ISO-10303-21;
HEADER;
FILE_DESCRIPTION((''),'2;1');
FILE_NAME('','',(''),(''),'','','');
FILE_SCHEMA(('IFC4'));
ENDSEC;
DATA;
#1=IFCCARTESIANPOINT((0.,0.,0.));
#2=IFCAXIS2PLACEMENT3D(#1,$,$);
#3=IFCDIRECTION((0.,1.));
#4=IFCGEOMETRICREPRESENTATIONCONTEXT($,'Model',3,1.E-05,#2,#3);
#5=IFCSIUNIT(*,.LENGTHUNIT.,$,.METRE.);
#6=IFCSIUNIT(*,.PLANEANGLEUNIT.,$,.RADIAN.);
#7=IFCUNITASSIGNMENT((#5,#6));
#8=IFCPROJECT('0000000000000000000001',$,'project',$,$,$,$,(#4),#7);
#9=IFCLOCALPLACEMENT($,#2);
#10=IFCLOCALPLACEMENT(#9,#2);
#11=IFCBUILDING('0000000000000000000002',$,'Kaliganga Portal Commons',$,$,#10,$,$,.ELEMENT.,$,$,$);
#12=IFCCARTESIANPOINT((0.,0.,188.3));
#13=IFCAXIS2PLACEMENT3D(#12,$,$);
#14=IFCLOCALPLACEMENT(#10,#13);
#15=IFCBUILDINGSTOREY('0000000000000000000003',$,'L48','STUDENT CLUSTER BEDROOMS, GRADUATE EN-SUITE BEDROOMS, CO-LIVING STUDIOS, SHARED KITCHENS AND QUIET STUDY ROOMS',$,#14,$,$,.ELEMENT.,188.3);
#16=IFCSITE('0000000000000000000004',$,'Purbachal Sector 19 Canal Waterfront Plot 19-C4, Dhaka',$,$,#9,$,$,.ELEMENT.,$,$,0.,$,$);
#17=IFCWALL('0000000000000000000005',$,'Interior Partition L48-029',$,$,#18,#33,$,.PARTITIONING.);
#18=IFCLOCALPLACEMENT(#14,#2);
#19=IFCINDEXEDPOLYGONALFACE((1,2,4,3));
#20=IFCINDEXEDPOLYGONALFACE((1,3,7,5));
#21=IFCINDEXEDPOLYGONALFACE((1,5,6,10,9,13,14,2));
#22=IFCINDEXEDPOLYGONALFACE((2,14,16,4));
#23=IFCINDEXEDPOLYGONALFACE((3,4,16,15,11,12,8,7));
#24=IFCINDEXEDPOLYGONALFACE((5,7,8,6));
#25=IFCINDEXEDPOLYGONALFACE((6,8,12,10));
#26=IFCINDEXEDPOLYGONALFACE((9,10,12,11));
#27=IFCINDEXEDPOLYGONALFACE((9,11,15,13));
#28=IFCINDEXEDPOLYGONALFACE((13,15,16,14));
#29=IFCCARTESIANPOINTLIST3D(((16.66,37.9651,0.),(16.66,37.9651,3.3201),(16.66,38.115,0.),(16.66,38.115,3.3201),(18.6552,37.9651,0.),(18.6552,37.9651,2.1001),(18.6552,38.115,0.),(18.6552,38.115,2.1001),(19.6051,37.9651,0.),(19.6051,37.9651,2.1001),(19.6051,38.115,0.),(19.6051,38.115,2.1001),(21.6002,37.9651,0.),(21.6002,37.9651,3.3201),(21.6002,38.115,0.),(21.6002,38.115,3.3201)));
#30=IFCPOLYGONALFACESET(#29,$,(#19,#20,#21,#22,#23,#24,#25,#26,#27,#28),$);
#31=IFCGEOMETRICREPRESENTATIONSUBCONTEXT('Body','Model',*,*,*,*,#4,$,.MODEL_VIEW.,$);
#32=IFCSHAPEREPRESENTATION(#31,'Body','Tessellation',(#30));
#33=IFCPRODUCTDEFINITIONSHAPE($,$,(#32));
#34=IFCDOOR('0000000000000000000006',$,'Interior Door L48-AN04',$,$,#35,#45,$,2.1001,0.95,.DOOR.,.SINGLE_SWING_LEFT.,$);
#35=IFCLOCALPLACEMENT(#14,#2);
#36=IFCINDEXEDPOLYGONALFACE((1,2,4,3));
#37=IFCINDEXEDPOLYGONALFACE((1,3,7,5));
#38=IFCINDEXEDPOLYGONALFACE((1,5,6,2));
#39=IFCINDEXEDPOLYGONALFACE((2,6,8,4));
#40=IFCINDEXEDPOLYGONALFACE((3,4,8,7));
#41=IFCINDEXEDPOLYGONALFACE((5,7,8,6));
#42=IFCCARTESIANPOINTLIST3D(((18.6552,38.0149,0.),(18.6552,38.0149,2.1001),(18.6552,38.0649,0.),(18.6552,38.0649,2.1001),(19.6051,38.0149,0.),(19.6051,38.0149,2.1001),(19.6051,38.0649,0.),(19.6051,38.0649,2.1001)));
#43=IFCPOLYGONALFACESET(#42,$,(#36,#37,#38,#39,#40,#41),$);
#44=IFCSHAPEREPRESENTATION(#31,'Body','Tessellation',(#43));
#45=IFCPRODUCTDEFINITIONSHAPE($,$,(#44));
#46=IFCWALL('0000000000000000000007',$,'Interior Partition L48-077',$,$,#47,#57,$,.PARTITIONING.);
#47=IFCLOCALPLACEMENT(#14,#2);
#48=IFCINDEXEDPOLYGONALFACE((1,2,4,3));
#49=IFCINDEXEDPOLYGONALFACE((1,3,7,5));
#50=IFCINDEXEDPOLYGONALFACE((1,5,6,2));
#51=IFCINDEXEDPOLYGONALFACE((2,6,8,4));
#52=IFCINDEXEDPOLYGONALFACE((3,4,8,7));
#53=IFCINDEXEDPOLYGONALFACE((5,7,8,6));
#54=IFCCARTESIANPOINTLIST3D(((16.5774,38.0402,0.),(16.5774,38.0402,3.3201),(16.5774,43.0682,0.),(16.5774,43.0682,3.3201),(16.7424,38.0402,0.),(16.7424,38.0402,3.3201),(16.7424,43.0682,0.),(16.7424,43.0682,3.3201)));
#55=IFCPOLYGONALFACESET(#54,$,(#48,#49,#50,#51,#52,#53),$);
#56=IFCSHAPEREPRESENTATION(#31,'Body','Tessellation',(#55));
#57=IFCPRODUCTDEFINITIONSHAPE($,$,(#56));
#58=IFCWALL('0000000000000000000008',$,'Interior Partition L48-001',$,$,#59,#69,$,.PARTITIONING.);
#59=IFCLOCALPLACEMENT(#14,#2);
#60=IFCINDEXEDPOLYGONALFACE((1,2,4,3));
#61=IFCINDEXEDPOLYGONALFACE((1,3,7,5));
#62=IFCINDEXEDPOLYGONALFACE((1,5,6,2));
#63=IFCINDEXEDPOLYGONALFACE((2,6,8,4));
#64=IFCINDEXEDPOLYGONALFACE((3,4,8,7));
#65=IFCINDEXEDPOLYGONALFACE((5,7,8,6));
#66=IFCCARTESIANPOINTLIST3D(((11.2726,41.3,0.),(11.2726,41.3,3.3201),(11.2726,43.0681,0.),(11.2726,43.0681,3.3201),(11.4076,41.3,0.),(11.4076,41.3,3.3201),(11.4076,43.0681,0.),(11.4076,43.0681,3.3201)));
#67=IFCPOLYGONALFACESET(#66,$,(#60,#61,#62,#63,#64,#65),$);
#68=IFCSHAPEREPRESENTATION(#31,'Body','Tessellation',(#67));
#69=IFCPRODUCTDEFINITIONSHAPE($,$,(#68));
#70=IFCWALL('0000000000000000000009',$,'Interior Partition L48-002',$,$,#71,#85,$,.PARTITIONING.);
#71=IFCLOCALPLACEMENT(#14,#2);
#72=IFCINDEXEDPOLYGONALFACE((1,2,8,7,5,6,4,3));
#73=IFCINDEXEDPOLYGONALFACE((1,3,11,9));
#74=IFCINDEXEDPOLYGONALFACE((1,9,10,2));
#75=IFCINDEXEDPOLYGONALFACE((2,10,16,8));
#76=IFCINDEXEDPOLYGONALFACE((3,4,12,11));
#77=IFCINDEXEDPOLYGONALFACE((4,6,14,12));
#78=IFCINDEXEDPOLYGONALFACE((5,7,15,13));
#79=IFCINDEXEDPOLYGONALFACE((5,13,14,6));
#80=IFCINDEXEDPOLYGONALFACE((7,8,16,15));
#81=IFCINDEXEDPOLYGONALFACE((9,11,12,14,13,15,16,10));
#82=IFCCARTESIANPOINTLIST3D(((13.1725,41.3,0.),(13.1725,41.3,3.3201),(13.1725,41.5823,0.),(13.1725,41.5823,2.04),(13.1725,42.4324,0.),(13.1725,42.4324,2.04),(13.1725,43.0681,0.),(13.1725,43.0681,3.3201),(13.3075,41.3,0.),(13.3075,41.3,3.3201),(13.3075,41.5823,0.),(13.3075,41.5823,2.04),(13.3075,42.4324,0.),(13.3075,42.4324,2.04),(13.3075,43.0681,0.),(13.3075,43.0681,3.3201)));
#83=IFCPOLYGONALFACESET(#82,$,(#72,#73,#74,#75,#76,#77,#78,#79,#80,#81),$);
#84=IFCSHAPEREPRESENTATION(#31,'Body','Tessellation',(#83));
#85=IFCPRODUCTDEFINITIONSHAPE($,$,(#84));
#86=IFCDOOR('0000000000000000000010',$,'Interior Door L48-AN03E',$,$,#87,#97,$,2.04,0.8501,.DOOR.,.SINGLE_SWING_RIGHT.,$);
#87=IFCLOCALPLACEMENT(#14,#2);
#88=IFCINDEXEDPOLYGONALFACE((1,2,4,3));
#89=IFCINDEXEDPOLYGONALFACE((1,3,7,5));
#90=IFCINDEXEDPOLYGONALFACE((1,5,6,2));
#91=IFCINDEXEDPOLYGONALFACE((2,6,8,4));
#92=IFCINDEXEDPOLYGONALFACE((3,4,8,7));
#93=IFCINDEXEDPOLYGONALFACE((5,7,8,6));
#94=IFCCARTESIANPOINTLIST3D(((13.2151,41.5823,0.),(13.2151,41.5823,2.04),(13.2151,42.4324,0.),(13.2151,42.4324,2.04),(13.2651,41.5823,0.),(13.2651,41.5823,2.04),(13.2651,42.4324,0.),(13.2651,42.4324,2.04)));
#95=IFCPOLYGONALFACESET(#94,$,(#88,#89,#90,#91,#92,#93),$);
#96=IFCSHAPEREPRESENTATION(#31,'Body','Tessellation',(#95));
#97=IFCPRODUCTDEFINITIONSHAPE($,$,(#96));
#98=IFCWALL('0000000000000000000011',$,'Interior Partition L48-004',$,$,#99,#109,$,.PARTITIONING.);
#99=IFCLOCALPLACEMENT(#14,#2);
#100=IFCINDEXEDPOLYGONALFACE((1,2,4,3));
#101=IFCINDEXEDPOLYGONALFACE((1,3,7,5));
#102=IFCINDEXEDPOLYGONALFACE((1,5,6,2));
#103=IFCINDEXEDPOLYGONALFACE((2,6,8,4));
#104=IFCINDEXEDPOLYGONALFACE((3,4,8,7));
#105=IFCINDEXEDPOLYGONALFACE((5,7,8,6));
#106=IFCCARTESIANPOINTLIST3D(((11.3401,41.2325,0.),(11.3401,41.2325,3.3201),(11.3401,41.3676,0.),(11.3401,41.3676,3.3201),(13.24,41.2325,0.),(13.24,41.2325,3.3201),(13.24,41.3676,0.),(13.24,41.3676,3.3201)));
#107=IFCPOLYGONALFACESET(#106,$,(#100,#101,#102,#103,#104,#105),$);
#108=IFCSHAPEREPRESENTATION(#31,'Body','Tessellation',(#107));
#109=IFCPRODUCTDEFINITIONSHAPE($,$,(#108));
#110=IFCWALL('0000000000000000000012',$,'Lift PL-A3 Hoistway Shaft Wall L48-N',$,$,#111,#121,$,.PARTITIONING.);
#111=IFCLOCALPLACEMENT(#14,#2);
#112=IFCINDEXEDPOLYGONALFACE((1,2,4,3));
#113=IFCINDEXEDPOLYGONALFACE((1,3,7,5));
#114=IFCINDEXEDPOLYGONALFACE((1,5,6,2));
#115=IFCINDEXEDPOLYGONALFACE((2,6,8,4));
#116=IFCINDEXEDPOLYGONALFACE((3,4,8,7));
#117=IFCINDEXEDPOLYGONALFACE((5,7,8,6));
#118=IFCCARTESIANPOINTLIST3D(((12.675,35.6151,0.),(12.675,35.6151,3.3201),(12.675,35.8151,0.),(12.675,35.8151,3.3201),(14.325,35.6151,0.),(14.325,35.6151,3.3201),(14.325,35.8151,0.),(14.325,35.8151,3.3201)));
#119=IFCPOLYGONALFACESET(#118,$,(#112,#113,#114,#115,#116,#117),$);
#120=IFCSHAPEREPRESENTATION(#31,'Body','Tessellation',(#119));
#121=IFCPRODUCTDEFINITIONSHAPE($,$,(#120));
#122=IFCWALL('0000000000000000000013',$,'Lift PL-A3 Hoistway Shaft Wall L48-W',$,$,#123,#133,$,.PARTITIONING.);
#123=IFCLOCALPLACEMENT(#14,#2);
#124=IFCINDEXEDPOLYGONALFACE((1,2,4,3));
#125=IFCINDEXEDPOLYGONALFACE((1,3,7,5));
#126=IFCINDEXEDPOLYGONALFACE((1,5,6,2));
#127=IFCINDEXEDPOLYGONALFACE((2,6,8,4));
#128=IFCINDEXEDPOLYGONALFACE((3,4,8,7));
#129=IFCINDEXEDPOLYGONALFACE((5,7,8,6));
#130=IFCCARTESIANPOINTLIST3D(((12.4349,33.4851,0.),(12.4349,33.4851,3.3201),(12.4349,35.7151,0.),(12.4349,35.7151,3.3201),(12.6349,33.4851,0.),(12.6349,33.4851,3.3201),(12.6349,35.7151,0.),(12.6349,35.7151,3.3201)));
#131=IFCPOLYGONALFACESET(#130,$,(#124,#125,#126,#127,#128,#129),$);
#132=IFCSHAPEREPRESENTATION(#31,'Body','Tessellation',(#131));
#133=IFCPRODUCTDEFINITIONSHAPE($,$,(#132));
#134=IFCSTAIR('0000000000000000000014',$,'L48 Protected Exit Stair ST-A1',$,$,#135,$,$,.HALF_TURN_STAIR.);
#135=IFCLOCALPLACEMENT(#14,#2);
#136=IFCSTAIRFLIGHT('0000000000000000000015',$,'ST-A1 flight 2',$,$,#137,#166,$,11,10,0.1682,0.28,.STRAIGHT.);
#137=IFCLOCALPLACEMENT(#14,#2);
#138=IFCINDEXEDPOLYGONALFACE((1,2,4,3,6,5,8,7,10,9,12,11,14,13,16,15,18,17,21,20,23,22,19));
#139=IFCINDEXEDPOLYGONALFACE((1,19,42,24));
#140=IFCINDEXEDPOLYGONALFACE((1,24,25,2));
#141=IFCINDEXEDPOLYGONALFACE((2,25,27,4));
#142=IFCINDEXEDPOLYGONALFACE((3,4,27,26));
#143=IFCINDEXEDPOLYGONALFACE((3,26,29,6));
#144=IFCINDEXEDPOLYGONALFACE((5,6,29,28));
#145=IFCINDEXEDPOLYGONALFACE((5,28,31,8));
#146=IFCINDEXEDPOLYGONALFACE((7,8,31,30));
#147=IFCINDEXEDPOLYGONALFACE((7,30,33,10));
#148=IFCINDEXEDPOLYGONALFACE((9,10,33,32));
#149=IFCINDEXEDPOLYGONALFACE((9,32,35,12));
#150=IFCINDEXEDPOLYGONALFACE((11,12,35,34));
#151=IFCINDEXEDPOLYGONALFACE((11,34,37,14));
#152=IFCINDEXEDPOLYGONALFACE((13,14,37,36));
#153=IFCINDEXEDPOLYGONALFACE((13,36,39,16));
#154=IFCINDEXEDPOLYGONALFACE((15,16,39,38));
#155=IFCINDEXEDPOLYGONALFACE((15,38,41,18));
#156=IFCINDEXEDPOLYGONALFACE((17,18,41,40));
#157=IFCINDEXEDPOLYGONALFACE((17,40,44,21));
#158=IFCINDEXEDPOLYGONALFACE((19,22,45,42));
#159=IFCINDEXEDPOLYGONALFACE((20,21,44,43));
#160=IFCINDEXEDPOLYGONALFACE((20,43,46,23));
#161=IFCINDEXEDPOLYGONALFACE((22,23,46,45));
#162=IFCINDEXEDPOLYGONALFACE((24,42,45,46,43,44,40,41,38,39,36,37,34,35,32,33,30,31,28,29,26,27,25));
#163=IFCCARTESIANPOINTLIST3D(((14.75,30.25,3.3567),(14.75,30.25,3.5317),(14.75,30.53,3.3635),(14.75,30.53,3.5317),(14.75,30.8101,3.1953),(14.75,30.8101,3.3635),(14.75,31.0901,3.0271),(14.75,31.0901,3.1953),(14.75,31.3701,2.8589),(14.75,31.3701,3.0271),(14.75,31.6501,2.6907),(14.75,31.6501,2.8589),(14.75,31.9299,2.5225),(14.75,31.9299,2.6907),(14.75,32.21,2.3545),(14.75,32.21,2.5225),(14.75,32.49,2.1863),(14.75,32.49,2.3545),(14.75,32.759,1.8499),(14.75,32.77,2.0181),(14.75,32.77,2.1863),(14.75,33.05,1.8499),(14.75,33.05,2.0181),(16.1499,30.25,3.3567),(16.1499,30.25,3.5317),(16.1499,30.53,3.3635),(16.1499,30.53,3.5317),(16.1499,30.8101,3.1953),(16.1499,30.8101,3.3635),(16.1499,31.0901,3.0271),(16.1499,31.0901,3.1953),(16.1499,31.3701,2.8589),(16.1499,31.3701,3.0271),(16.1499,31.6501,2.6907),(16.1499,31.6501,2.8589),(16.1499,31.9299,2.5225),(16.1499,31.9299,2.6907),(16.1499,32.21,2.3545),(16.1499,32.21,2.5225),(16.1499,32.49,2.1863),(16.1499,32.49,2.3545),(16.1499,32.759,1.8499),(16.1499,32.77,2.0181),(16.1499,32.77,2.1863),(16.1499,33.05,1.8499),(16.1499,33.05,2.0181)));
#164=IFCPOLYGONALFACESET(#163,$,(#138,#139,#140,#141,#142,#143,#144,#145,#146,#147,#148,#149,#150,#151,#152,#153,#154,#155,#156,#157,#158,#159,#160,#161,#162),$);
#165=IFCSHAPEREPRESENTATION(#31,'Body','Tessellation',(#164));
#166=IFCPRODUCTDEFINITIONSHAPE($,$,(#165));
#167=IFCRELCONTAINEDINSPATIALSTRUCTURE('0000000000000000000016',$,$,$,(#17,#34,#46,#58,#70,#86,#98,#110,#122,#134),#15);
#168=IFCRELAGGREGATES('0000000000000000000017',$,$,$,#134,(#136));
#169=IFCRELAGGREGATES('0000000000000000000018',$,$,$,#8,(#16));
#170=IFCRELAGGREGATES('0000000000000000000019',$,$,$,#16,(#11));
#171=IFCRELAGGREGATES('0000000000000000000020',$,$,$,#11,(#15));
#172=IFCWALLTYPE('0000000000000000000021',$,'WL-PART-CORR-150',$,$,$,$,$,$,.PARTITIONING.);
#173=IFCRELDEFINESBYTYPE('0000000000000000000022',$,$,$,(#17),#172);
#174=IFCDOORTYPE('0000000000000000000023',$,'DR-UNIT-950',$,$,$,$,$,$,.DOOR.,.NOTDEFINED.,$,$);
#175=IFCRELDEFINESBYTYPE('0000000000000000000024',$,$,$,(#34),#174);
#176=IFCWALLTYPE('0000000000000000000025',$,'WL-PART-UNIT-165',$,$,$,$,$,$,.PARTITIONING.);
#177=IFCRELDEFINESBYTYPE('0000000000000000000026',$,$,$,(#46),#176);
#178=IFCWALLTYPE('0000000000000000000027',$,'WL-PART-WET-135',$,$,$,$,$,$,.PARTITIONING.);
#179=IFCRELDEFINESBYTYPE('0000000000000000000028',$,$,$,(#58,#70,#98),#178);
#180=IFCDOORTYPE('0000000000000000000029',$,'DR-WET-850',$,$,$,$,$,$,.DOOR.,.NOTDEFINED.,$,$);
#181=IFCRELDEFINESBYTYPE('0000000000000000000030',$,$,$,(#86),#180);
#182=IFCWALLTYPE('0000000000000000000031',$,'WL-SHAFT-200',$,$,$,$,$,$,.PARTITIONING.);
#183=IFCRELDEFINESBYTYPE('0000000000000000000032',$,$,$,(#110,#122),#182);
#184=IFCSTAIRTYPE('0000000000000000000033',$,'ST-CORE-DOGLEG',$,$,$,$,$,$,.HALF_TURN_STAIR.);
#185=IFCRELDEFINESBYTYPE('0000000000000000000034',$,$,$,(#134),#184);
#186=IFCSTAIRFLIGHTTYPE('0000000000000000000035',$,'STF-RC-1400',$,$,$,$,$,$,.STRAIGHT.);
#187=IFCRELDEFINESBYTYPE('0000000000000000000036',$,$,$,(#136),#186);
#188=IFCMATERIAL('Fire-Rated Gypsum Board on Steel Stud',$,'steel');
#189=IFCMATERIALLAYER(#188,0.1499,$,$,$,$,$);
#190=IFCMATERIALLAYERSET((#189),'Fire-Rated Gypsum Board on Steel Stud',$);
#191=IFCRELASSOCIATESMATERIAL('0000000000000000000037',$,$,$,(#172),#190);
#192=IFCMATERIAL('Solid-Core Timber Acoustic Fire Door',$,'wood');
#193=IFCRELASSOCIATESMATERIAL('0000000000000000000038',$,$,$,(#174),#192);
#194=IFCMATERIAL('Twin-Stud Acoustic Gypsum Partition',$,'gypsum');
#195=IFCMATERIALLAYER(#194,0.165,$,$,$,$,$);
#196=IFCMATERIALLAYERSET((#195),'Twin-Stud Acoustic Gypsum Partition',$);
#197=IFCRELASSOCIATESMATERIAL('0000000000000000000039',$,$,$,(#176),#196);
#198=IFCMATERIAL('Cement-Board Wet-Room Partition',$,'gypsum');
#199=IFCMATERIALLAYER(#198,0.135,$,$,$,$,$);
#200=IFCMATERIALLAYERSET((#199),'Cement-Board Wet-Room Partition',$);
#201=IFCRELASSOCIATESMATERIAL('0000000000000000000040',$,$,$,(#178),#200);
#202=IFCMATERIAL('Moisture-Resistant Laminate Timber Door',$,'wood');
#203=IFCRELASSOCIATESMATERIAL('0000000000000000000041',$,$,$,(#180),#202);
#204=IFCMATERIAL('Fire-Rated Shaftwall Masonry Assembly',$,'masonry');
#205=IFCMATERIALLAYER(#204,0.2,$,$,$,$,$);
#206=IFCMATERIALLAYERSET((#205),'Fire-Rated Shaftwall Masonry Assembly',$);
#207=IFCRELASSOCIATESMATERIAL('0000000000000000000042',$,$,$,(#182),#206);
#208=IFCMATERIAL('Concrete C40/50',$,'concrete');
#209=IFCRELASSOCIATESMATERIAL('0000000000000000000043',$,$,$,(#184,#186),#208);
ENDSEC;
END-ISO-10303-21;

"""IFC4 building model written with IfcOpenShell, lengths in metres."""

from ifc_helpers import new_model, si_unit, direction, frame, frame_2d, origin, place, context, subcontext, project, spatial, polyline, rectangle, outline, extrude, material, layer, layer_set, type_object, element, fill, aggregate, save


model = new_model("IFC4")

# Units and contexts
model_context = context("Model", 3, precision=1e-05, world=origin(), true_north=direction((0.0, 1.0)))
body_context = subcontext(model_context, "Body", "Model", "MODEL_VIEW")
ifc_project = project(units=[si_unit("LENGTHUNIT", "METRE"), si_unit("PLANEANGLEUNIT", "RADIAN")], contexts=[model_context])

# Site, building, storey
site_placement = place(None, origin())
site = spatial("IfcSite", under=ifc_project, at=site_placement, Name="Purbachal Sector 19 Canal Waterfront Plot 19-C4, Dhaka", CompositionType="ELEMENT", RefElevation=0.0)
building_placement = place(site_placement, origin())
building = spatial("IfcBuilding", under=site, at=building_placement, Name="Kaliganga Portal Commons", CompositionType="ELEMENT")
storey_placement = place(building_placement, frame((0.0, 0.0, 188.3)))
storey = spatial("IfcBuildingStorey", under=building, at=storey_placement, Name="L48", Description="STUDENT CLUSTER BEDROOMS, GRADUATE EN-SUITE BEDROOMS, CO-LIVING STUDIOS, SHARED KITCHENS AND QUIET STUDY ROOMS", CompositionType="ELEMENT", Elevation=188.3)

# Wall, opening, door
ifc_material_1 = material(Name="Fire-Rated Gypsum Board on Steel Stud", Category="steel")
ifc_layer_1 = layer(ifc_material_1, 0.1499)
ifc_layer_set_1 = layer_set([ifc_layer_1], Name="Fire-Rated Gypsum Board on Steel Stud")
wall_type_1 = type_object("IfcWallType", Name="WL-PART-CORR-150", PredefinedType="PARTITIONING", material=ifc_layer_set_1)
wall_1_placement = place(storey_placement, frame((16.6599, 38.04, 0.0), z_axis=(0.0, 0.0, 1.0), x_axis=(1.0, 0.0, 0.0)))
wall_1 = element("IfcWall", 1, at=wall_1_placement, inside=storey, type_object=wall_type_1, Name="Interior Partition L48-029", PredefinedType="PARTITIONING", context=body_context, shape_type="SweptSolid", body=[
    extrude(rectangle(XDim=4.9402, YDim=0.1499, at=frame_2d((2.4702, 0.0))), origin(), (0.0, 0.0, 1.0), 3.3201),
])
opening_1_placement = place(wall_1_placement, frame((1.9951, 0.0, 0.0)))
opening_1 = element("IfcOpeningElement", 2, at=opening_1_placement, cuts=wall_1, PredefinedType="OPENING", context=body_context, shape_type="SweptSolid", body=[
    extrude(rectangle(XDim=0.95, YDim=2.1001, at=frame_2d((0.4751, 1.05))), frame((0.0, 0.085, 0.0), z_axis=(0.0, -1.0, 0.0), x_axis=(1.0, 0.0, 0.0)), (0.0, 0.0, 1.0), 0.1699),
])
ifc_material_2 = material(Name="Solid-Core Timber Acoustic Fire Door", Category="wood")
door_type_1 = type_object("IfcDoorType", Name="DR-UNIT-950", OperationType="NOTDEFINED", PredefinedType="DOOR", material=ifc_material_2)
door_1_placement = place(opening_1_placement, origin())
door_1 = element("IfcDoor", 3, at=door_1_placement, inside=storey, type_object=door_type_1, Name="Interior Door L48-AN04", OperationType="SINGLE_SWING_LEFT", OverallHeight=2.1001, OverallWidth=0.95, PredefinedType="DOOR", context=body_context, shape_type="SweptSolid", body=[
    extrude(rectangle(XDim=0.95, YDim=2.1001, at=frame_2d((0.4751, 1.05))), frame((0.0, 0.0249, 0.0), z_axis=(0.0, -1.0, 0.0), x_axis=(1.0, 0.0, 0.0)), (0.0, 0.0, 1.0), 0.05),
])
fill(opening_1, door_1)

# Walls
ifc_material_3 = material(Name="Twin-Stud Acoustic Gypsum Partition", Category="gypsum")
ifc_layer_2 = layer(ifc_material_3, 0.165)
ifc_layer_set_2 = layer_set([ifc_layer_2], Name="Twin-Stud Acoustic Gypsum Partition")
wall_type_2 = type_object("IfcWallType", Name="WL-PART-UNIT-165", PredefinedType="PARTITIONING", material=ifc_layer_set_2)
wall_2_placement = place(storey_placement, frame((16.6599, 38.04, 0.0), z_axis=(0.0, 0.0, 1.0), x_axis=(0.0, 1.0, 0.0)))
element("IfcWall", 4, at=wall_2_placement, inside=storey, type_object=wall_type_2, Name="Interior Partition L48-077", PredefinedType="PARTITIONING", context=body_context, shape_type="SweptSolid", body=[
    extrude(rectangle(XDim=5.0281, YDim=0.165, at=frame_2d((2.5142, 0.0))), origin(), (0.0, 0.0, 1.0), 3.3201),
])
ifc_material_4 = material(Name="Cement-Board Wet-Room Partition", Category="gypsum")
ifc_layer_3 = layer(ifc_material_4, 0.135)
ifc_layer_set_3 = layer_set([ifc_layer_3], Name="Cement-Board Wet-Room Partition")
wall_type_3 = type_object("IfcWallType", Name="WL-PART-WET-135", PredefinedType="PARTITIONING", material=ifc_layer_set_3)
wall_3_placement = place(storey_placement, frame((11.3401, 41.3, 0.0), z_axis=(0.0, 0.0, 1.0), x_axis=(0.0, 1.0, 0.0)))
element("IfcWall", 5, at=wall_3_placement, inside=storey, type_object=wall_type_3, Name="Interior Partition L48-001", PredefinedType="PARTITIONING", context=body_context, shape_type="SweptSolid", body=[
    extrude(rectangle(XDim=1.7681, YDim=0.135, at=frame_2d((0.884, 0.0))), origin(), (0.0, 0.0, 1.0), 3.3201),
])

# Wall, opening, door
wall_4_placement = place(storey_placement, frame((13.24, 41.3, 0.0), z_axis=(0.0, 0.0, 1.0), x_axis=(0.0, 1.0, 0.0)))
wall_4 = element("IfcWall", 6, at=wall_4_placement, inside=storey, type_object=wall_type_3, Name="Interior Partition L48-002", PredefinedType="PARTITIONING", context=body_context, shape_type="SweptSolid", body=[
    extrude(rectangle(XDim=1.7681, YDim=0.135, at=frame_2d((0.884, 0.0))), origin(), (0.0, 0.0, 1.0), 3.3201),
])
opening_2_placement = place(wall_4_placement, frame((0.2822, 0.0, 0.0)))
opening_2 = element("IfcOpeningElement", 7, at=opening_2_placement, cuts=wall_4, PredefinedType="OPENING", context=body_context, shape_type="SweptSolid", body=[
    extrude(rectangle(XDim=0.8501, YDim=2.04, at=frame_2d((0.425, 1.02))), frame((0.0, 0.0776, 0.0), z_axis=(0.0, -1.0, 0.0), x_axis=(1.0, 0.0, 0.0)), (0.0, 0.0, 1.0), 0.155),
])
ifc_material_5 = material(Name="Moisture-Resistant Laminate Timber Door", Category="wood")
door_type_2 = type_object("IfcDoorType", Name="DR-WET-850", OperationType="NOTDEFINED", PredefinedType="DOOR", material=ifc_material_5)
door_2_placement = place(opening_2_placement, origin())
door_2 = element("IfcDoor", 8, at=door_2_placement, inside=storey, type_object=door_type_2, Name="Interior Door L48-AN03E", OperationType="SINGLE_SWING_RIGHT", OverallHeight=2.04, OverallWidth=0.8501, PredefinedType="DOOR", context=body_context, shape_type="SweptSolid", body=[
    extrude(rectangle(XDim=0.8501, YDim=2.04, at=frame_2d((0.425, 1.02))), frame((0.0, 0.0249, 0.0), z_axis=(0.0, -1.0, 0.0), x_axis=(1.0, 0.0, 0.0)), (0.0, 0.0, 1.0), 0.05),
])
fill(opening_2, door_2)

# Wall
wall_5_placement = place(storey_placement, frame((11.3401, 41.3, 0.0), z_axis=(0.0, 0.0, 1.0), x_axis=(1.0, 0.0, 0.0)))
element("IfcWall", 9, at=wall_5_placement, inside=storey, type_object=wall_type_3, Name="Interior Partition L48-004", PredefinedType="PARTITIONING", context=body_context, shape_type="SweptSolid", body=[
    extrude(rectangle(XDim=1.8999, YDim=0.135, at=frame_2d((0.95, 0.0))), origin(), (0.0, 0.0, 1.0), 3.3201),
])

# Shared definitions
ifc_material_6 = material(Name="Fire-Rated Shaftwall Masonry Assembly", Category="masonry")
ifc_layer_4 = layer(ifc_material_6, 0.2)
ifc_layer_set_4 = layer_set([ifc_layer_4], Name="Fire-Rated Shaftwall Masonry Assembly")
wall_type_4 = type_object("IfcWallType", Name="WL-SHAFT-200", PredefinedType="PARTITIONING", material=ifc_layer_set_4)

# Walls
wall_6_placement = place(storey_placement, frame((12.675, 35.7151, 0.0), z_axis=(0.0, 0.0, 1.0), x_axis=(1.0, 0.0, 0.0)))
element("IfcWall", 10, at=wall_6_placement, inside=storey, type_object=wall_type_4, Name="Lift PL-A3 Hoistway Shaft Wall L48-N", PredefinedType="PARTITIONING", context=body_context, shape_type="SweptSolid", body=[
    extrude(rectangle(XDim=1.6499, YDim=0.2, at=frame_2d((0.825, 0.0))), origin(), (0.0, 0.0, 1.0), 3.3201),
])
wall_7_placement = place(storey_placement, frame((12.5349, 33.4851, 0.0), z_axis=(0.0, 0.0, 1.0), x_axis=(0.0, 1.0, 0.0)))
element("IfcWall", 11, at=wall_7_placement, inside=storey, type_object=wall_type_4, Name="Lift PL-A3 Hoistway Shaft Wall L48-W", PredefinedType="PARTITIONING", context=body_context, shape_type="SweptSolid", body=[
    extrude(rectangle(XDim=2.23, YDim=0.2, at=frame_2d((1.115, 0.0))), origin(), (0.0, 0.0, 1.0), 3.3201),
])

# Stair, stair flight
ifc_material_7 = material(Name="Concrete C40/50", Category="concrete")
stair_type = type_object("IfcStairType", Name="ST-CORE-DOGLEG", PredefinedType="HALF_TURN_STAIR", material=ifc_material_7)
stair_placement = place(storey_placement, origin())
stair = element("IfcStair", 12, at=stair_placement, inside=storey, type_object=stair_type, Name="L48 Protected Exit Stair ST-A1", PredefinedType="HALF_TURN_STAIR")
stair_flight_type = type_object("IfcStairFlightType", Name="STF-RC-1400", PredefinedType="STRAIGHT", material=ifc_material_7)
stair_flight_placement = place(storey_placement, frame((15.45, 33.05, 1.8499), z_axis=(0.0, 0.0, 1.0), x_axis=(0.0, -1.0, 0.0)))
stair_flight = element("IfcStairFlight", 13, at=stair_flight_placement, type_object=stair_flight_type, Name="ST-A1 flight 2", NumberOfRisers=11, NumberOfTreads=10, PredefinedType="STRAIGHT", RiserHeight=0.1682, TreadLength=0.28, context=body_context, shape_type="SweptSolid", body=[
    extrude(outline(polyline([(0.0, 0.0), (0.0, 0.1682), (0.28, 0.1682), (0.28, 0.3364), (0.5601, 0.3364), (0.5601, 0.5046), (0.8401, 0.5046), (0.8401, 0.6726), (1.1201, 0.6726), (1.1201, 0.8408), (1.3999, 0.8408), (1.3999, 1.009), (1.6799, 1.009), (1.6799, 1.1772), (1.96, 1.1772), (1.96, 1.3455), (2.24, 1.3455), (2.24, 1.5137), (2.52, 1.5137), (2.52, 1.6819), (2.8, 1.6819), (2.8, 1.8501), (2.8, 1.5068), (0.291, 0.0), (0.0, 0.0)])), frame((0.0, 0.7, 0.0), z_axis=(0.0, -1.0, 0.0), x_axis=(1.0, 0.0, 0.0)), (0.0, 0.0, 1.0), 1.3999),
])
aggregate(stair, [stair_flight])

save(model, "model.ifc")
